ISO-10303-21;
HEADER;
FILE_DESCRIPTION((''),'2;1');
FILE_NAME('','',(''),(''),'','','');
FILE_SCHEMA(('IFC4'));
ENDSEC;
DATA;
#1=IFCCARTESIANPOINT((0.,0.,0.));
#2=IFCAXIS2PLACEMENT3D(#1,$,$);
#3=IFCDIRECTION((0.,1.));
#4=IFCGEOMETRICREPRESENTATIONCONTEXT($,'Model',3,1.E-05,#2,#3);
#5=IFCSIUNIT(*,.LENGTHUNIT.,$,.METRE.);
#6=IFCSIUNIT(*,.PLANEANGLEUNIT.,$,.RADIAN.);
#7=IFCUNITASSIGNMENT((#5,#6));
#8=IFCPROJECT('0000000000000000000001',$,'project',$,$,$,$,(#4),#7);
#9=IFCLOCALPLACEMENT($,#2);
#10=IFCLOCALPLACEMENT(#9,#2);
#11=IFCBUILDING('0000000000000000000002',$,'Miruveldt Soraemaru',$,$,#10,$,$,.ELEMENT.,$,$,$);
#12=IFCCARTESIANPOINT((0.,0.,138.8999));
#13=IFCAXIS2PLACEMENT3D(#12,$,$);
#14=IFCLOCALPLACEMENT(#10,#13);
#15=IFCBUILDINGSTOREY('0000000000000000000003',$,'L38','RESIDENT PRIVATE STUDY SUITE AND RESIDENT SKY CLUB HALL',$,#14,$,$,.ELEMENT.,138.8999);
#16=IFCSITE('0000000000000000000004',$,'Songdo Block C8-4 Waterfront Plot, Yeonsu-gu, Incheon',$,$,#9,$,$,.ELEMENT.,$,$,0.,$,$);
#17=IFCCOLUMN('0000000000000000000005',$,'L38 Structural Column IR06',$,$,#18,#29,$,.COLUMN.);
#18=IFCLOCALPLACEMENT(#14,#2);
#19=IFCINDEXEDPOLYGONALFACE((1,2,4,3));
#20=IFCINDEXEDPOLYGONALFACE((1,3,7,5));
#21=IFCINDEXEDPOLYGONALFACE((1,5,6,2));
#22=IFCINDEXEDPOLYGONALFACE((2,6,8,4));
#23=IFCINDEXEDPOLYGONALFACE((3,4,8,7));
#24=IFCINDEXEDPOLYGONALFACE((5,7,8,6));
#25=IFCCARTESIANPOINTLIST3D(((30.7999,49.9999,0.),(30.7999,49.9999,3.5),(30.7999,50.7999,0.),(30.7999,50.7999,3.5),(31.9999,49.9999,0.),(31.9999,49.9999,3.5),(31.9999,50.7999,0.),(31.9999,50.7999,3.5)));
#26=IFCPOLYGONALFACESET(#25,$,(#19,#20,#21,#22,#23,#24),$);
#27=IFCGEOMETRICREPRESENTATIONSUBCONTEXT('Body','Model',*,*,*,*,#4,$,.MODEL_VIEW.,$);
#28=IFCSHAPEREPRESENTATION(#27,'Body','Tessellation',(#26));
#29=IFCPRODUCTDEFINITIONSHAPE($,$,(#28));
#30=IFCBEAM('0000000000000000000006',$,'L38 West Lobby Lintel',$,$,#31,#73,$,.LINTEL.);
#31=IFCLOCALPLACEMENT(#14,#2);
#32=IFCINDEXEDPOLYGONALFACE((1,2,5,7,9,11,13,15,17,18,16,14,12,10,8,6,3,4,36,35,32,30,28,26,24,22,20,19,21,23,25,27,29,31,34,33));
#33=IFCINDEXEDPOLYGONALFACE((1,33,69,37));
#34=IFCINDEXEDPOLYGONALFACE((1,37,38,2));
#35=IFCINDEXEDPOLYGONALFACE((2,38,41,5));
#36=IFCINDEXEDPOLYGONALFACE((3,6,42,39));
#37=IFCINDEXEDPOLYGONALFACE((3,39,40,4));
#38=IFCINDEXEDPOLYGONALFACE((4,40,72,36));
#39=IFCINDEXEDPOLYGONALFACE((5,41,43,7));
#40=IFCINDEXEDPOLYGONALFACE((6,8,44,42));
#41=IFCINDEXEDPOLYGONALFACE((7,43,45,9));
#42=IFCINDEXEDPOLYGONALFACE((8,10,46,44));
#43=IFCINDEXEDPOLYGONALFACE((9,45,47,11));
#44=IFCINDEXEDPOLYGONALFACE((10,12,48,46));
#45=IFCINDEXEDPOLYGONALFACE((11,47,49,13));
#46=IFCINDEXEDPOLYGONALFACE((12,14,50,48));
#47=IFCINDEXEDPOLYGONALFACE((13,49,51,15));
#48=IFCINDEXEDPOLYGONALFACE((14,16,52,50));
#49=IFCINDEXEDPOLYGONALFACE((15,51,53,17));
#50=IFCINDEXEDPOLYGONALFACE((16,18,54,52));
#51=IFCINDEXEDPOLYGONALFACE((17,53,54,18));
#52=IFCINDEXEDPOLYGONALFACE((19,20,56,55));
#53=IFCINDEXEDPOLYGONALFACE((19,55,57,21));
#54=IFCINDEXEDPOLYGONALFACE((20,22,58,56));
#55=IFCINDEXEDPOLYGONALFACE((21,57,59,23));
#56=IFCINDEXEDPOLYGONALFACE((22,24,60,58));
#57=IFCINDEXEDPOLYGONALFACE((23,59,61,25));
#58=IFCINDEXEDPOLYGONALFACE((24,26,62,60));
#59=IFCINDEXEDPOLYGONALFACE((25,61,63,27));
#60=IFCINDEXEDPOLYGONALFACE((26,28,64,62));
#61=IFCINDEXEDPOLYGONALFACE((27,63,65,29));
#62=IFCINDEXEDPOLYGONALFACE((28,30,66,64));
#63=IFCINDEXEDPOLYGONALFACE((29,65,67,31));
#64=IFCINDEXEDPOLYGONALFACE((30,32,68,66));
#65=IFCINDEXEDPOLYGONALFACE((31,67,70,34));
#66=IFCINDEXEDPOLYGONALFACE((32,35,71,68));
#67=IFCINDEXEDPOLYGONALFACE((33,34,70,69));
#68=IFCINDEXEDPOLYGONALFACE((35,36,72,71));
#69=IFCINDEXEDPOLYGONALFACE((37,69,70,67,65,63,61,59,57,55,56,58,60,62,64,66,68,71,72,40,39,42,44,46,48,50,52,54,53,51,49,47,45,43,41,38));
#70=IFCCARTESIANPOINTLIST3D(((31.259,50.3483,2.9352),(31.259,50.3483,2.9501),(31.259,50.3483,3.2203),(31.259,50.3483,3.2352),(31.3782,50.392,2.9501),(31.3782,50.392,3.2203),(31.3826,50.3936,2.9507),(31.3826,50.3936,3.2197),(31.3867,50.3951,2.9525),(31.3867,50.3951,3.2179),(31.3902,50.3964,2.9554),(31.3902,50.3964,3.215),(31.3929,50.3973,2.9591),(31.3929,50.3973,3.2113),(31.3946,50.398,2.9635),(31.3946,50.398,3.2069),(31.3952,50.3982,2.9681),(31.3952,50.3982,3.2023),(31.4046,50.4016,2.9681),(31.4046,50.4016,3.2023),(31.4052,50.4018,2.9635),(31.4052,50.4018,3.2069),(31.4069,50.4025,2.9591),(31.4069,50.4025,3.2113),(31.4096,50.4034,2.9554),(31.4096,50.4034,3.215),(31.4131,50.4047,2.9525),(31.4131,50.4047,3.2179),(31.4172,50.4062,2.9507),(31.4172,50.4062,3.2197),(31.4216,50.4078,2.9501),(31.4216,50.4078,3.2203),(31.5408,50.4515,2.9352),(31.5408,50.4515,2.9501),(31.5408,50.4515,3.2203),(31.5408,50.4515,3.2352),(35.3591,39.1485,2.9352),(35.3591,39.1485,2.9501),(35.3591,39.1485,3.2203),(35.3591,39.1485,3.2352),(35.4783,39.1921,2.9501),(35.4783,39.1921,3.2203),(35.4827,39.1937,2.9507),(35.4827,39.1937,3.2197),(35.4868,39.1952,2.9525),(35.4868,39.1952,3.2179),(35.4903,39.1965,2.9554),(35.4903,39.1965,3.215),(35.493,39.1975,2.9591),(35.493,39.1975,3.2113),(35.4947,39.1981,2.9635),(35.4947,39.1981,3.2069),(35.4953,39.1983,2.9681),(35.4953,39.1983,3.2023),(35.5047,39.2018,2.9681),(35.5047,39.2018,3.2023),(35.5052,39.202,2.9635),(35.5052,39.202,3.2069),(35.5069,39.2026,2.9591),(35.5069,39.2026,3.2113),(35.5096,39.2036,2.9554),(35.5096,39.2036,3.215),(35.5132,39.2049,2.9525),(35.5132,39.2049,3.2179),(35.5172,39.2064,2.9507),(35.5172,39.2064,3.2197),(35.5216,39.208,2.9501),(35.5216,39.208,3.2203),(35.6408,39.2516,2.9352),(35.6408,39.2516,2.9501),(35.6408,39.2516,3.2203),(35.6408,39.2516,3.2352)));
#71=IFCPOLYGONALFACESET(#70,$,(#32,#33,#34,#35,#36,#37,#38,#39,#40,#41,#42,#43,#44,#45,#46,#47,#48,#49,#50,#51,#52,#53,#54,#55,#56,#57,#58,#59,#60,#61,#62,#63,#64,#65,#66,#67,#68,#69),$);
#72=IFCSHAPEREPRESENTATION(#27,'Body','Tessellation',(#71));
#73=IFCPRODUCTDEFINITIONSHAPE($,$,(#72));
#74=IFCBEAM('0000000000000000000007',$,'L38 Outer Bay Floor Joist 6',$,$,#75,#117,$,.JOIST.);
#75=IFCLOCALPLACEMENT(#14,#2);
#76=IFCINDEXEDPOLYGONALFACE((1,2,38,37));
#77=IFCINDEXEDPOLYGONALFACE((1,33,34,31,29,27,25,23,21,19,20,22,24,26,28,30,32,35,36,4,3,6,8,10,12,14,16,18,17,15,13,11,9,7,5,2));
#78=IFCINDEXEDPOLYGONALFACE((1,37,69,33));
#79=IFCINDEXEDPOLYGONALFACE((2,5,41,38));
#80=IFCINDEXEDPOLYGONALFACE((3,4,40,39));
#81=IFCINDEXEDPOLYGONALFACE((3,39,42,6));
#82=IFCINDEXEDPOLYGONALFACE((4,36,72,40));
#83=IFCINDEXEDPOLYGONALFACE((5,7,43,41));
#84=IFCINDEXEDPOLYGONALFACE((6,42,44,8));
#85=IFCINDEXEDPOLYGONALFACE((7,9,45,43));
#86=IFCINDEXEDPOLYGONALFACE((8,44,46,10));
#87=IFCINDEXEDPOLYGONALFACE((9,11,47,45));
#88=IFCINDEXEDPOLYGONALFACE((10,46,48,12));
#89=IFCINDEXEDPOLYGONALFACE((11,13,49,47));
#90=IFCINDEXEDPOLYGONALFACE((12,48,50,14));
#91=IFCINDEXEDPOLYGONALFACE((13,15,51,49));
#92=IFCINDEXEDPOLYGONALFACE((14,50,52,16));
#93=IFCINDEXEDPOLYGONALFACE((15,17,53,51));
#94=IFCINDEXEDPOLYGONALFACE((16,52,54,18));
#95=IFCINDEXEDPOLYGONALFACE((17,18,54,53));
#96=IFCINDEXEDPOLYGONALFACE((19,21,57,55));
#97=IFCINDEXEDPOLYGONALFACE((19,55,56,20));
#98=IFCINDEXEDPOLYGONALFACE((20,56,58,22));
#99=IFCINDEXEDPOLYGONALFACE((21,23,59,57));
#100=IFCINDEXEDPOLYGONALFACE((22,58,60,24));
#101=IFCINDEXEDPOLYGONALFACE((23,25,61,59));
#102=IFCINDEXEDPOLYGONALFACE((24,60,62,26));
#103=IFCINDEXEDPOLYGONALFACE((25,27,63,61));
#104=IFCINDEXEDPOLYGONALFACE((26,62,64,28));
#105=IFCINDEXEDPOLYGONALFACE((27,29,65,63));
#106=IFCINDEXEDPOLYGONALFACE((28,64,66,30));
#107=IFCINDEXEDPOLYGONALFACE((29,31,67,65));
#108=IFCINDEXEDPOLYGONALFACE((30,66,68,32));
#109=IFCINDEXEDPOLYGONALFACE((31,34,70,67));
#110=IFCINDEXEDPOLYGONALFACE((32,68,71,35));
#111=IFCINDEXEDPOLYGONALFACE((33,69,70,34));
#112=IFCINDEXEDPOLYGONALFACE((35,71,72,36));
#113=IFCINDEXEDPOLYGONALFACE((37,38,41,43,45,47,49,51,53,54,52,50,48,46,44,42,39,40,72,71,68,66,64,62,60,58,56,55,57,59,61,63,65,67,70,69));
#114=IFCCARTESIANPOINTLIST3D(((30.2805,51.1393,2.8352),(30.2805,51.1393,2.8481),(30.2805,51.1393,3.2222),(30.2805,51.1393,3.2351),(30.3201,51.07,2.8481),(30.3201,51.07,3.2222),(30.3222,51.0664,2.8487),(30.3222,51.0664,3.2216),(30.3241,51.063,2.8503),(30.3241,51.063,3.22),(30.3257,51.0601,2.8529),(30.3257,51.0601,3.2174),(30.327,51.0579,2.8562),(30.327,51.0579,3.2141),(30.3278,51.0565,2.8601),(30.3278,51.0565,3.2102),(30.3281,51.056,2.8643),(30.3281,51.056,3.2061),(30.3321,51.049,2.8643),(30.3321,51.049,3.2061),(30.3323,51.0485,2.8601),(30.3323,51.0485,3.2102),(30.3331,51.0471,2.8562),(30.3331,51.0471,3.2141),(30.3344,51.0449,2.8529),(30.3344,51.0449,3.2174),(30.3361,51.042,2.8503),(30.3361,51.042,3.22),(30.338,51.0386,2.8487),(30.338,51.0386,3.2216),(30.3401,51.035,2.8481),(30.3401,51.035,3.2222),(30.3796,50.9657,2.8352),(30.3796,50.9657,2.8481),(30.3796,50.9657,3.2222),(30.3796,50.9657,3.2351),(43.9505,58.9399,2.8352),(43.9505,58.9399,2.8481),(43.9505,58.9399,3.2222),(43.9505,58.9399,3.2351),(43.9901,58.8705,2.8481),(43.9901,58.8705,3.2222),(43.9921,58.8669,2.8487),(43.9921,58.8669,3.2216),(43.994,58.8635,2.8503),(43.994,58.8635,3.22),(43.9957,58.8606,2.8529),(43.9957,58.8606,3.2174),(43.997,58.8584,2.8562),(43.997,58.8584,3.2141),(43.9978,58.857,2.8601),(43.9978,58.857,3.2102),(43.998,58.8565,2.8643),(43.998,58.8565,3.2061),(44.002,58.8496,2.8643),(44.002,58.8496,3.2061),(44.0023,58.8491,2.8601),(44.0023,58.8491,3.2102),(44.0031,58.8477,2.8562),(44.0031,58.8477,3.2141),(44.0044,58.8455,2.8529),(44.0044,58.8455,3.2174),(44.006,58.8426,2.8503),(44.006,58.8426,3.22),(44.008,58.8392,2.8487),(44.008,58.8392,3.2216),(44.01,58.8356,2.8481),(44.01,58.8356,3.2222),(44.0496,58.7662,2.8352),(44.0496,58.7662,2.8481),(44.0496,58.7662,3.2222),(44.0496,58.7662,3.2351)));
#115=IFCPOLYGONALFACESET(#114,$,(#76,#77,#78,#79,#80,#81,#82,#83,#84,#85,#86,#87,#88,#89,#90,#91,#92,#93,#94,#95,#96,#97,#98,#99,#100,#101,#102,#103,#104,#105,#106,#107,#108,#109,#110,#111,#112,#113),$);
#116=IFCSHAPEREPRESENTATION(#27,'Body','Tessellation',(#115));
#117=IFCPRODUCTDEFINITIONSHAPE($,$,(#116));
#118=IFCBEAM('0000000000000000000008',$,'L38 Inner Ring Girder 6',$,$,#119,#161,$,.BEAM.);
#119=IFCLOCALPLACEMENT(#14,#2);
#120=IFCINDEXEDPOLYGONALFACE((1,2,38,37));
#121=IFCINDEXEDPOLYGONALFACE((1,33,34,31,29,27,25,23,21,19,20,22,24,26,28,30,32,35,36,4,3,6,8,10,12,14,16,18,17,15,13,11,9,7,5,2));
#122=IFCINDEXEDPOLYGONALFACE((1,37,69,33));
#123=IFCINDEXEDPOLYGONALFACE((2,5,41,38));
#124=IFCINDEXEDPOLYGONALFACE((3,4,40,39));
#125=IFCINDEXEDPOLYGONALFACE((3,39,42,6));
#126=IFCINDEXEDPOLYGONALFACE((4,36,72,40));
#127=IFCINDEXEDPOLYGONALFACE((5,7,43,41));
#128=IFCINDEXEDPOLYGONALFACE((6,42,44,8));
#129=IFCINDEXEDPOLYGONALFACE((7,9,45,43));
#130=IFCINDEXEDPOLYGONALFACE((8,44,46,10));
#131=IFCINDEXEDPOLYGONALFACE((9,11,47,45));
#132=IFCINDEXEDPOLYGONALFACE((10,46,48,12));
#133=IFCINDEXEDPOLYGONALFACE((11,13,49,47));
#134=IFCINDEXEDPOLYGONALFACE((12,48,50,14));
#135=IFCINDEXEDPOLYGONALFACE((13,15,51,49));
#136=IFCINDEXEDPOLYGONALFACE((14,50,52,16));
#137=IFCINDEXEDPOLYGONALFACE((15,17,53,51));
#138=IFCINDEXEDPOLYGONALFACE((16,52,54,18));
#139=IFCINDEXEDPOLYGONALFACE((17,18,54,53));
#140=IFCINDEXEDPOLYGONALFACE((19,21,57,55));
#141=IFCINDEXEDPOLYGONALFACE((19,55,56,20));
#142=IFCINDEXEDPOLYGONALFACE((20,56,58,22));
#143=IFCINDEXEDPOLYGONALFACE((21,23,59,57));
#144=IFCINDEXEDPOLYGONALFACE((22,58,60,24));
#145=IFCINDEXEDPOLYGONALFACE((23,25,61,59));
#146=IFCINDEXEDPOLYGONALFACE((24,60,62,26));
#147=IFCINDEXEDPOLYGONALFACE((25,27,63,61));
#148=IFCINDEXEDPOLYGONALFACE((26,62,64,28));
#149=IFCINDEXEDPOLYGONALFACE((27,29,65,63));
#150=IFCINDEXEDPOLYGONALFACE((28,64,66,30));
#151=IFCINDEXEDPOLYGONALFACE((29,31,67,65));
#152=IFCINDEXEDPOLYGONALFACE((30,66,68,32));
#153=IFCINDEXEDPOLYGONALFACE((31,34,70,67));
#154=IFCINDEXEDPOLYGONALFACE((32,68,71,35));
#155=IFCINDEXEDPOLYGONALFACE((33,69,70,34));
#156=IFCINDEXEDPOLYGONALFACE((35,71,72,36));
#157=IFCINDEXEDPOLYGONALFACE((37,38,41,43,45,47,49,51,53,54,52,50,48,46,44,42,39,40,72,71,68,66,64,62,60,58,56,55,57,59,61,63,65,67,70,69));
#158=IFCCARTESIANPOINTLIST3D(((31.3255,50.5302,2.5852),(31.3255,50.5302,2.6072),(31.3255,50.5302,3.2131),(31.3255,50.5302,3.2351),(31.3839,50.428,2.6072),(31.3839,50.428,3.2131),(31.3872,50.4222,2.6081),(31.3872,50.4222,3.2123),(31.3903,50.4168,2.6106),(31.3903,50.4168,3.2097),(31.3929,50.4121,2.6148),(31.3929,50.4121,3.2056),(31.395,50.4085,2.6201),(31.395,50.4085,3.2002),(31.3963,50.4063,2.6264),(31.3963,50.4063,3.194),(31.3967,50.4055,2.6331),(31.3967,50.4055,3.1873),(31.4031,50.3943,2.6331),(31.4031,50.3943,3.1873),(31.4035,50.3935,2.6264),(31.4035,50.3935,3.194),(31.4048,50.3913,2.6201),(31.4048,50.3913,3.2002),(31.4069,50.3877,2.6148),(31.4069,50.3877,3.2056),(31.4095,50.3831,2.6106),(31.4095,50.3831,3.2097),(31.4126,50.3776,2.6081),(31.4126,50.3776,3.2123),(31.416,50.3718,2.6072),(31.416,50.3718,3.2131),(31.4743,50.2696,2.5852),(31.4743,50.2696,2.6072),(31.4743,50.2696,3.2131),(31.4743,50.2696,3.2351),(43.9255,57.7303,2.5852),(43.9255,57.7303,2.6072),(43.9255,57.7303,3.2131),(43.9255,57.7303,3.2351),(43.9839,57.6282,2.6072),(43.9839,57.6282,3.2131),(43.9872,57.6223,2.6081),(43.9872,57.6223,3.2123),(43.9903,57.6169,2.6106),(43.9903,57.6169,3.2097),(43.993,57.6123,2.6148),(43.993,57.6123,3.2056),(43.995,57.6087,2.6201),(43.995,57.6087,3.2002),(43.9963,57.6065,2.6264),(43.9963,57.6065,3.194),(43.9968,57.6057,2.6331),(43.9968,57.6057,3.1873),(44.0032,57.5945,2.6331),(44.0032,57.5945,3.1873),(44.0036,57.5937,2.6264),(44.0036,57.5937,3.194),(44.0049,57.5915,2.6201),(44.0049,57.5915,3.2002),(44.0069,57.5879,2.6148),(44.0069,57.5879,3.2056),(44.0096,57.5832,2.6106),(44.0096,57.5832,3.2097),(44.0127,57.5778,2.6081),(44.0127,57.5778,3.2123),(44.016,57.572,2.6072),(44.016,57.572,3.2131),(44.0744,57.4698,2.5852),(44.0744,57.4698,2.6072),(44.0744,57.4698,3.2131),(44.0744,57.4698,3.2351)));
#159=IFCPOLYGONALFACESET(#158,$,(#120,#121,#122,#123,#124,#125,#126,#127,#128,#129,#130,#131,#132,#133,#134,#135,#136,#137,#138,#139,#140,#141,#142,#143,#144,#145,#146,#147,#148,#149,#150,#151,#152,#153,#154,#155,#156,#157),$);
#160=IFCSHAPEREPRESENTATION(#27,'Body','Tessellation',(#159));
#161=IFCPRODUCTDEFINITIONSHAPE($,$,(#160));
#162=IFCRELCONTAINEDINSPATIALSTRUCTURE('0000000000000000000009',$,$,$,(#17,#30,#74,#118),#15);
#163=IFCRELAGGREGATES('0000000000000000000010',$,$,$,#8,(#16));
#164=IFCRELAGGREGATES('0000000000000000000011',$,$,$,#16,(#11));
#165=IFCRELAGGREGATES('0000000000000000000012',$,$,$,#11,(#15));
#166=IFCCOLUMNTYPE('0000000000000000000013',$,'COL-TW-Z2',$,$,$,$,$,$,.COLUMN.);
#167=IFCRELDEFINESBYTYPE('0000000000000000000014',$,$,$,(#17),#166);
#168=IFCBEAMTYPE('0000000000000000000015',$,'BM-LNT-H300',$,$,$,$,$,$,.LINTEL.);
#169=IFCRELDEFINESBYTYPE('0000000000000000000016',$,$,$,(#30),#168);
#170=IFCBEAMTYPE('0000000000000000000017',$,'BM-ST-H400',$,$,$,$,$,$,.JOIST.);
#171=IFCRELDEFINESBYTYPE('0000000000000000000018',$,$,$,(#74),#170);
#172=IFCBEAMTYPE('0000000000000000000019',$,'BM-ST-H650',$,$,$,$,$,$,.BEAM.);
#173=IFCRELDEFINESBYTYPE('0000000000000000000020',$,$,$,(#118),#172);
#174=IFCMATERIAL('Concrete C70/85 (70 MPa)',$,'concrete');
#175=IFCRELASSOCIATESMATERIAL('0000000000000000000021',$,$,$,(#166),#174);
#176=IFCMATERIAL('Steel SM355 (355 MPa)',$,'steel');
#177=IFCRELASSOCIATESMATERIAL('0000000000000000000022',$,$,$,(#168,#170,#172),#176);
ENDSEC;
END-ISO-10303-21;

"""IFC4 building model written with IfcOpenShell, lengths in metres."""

from ifc_helpers import new_model, si_unit, direction, frame, origin, origin_2d, place, context, subcontext, project, spatial, rectangle, i_section, extrude, material, material_profile, profile_set, type_object, element, save


model = new_model("IFC4")

# Units and contexts
model_context = context("Model", 3, precision=1e-05, world=origin(), true_north=direction((0.0, 1.0)))
body_context = subcontext(model_context, "Body", "Model", "MODEL_VIEW")
ifc_project = project(units=[si_unit("LENGTHUNIT", "METRE"), si_unit("PLANEANGLEUNIT", "RADIAN")], contexts=[model_context])

# Site, building, storey
site_placement = place(None, origin())
site = spatial("IfcSite", under=ifc_project, at=site_placement, Name="Songdo Block C8-4 Waterfront Plot, Yeonsu-gu, Incheon", CompositionType="ELEMENT", RefElevation=0.0)
building_placement = place(site_placement, origin())
building = spatial("IfcBuilding", under=site, at=building_placement, Name="Miruveldt Soraemaru", CompositionType="ELEMENT")
storey_placement = place(building_placement, frame((0.0, 0.0, 138.8999)))
storey = spatial("IfcBuildingStorey", under=building, at=storey_placement, Name="L38", Description="RESIDENT PRIVATE STUDY SUITE AND RESIDENT SKY CLUB HALL", CompositionType="ELEMENT", Elevation=138.8999)

# Column
ifc_material_1 = material(Name="Concrete C70/85 (70 MPa)", Category="concrete")
ifc_material_profile_1 = material_profile(ifc_material_1, rectangle(XDim=1.2, YDim=0.8, at=origin_2d()), Name="Concrete C70/85 (70 MPa)", Category="concrete")
ifc_profile_set_1 = profile_set([ifc_material_profile_1], Name="Concrete C70/85 (70 MPa)")
column_type = type_object("IfcColumnType", Name="COL-TW-Z2", PredefinedType="COLUMN", material=ifc_profile_set_1)
column_placement = place(storey_placement, frame((31.3999, 50.3999, 0.0), z_axis=(0.0, 0.0, 1.0), x_axis=(1.0, 0.0, 0.0)))
element("IfcColumn", 1, at=column_placement, inside=storey, type_object=column_type, Name="L38 Structural Column IR06", PredefinedType="COLUMN", context=body_context, shape_type="SweptSolid", body=[
    extrude(rectangle(XDim=1.2, YDim=0.8, at=origin_2d()), origin(), (0.0, 0.0, 1.0), 3.5),
])

# Beams
ifc_material_2 = material(Name="Steel SM355 (355 MPa)", Category="steel")
ifc_material_profile_2 = material_profile(ifc_material_2, i_section(OverallWidth=0.3, OverallDepth=0.3, WebThickness=0.01, FlangeThickness=0.0149, FilletRadius=0.0181, at=origin_2d()), Name="Steel SM355 (355 MPa)", Category="steel")
ifc_profile_set_2 = profile_set([ifc_material_profile_2], Name="Steel SM355 (355 MPa)")
beam_type_1 = type_object("IfcBeamType", Name="BM-LNT-H300", PredefinedType="LINTEL", material=ifc_profile_set_2)
beam_1_placement = place(storey_placement, frame((31.3999, 50.3999, 3.0852), z_axis=(0.34377, -0.939054, 0.0), x_axis=(0.939054, 0.34377, 0.0)))
element("IfcBeam", 2, at=beam_1_placement, inside=storey, type_object=beam_type_1, Name="L38 West Lobby Lintel", PredefinedType="LINTEL", context=body_context, shape_type="SweptSolid", body=[
    extrude(i_section(OverallWidth=0.3, OverallDepth=0.3, WebThickness=0.01, FlangeThickness=0.0149, FilletRadius=0.0181, at=origin_2d()), origin(), (0.0, 0.0, 1.0), 11.9268),
])
ifc_material_profile_3 = material_profile(ifc_material_2, i_section(OverallWidth=0.2, OverallDepth=0.3999, WebThickness=0.0081, FlangeThickness=0.0129, FilletRadius=0.0161, at=origin_2d()), Name="Steel SM355 (355 MPa)", Category="steel")
ifc_profile_set_3 = profile_set([ifc_material_profile_3], Name="Steel SM355 (355 MPa)")
beam_type_2 = type_object("IfcBeamType", Name="BM-ST-H400", PredefinedType="JOIST", material=ifc_profile_set_3)
beam_2_placement = place(storey_placement, frame((30.3301, 51.0525, 3.0352), z_axis=(0.86854, 0.495619, 0.0), x_axis=(-0.495619, 0.86854, 0.0)))
element("IfcBeam", 3, at=beam_2_placement, inside=storey, type_object=beam_type_2, Name="L38 Outer Bay Floor Joist 6", PredefinedType="JOIST", context=body_context, shape_type="SweptSolid", body=[
    extrude(i_section(OverallWidth=0.2, OverallDepth=0.3999, WebThickness=0.0081, FlangeThickness=0.0129, FilletRadius=0.0161, at=origin_2d()), origin(), (0.0, 0.0, 1.0), 15.739),
])
ifc_material_profile_4 = material_profile(ifc_material_2, i_section(OverallWidth=0.3, OverallDepth=0.6499, WebThickness=0.0129, FlangeThickness=0.022, FilletRadius=0.0259, at=origin_2d()), Name="Steel SM355 (355 MPa)", Category="steel")
ifc_profile_set_4 = profile_set([ifc_material_profile_4], Name="Steel SM355 (355 MPa)")
beam_type_3 = type_object("IfcBeamType", Name="BM-ST-H650", PredefinedType="BEAM", material=ifc_profile_set_4)
beam_3_placement = place(storey_placement, frame((31.3999, 50.3999, 2.9102), z_axis=(0.868239, 0.496146, 0.0), x_axis=(-0.496146, 0.868239, 0.0)))
element("IfcBeam", 4, at=beam_3_placement, inside=storey, type_object=beam_type_3, Name="L38 Inner Ring Girder 6", PredefinedType="BEAM", context=body_context, shape_type="SweptSolid", body=[
    extrude(i_section(OverallWidth=0.3, OverallDepth=0.6499, WebThickness=0.0129, FlangeThickness=0.022, FilletRadius=0.0259, at=origin_2d()), origin(), (0.0, 0.0, 1.0), 14.5122),
])

save(model, "model.ifc")
